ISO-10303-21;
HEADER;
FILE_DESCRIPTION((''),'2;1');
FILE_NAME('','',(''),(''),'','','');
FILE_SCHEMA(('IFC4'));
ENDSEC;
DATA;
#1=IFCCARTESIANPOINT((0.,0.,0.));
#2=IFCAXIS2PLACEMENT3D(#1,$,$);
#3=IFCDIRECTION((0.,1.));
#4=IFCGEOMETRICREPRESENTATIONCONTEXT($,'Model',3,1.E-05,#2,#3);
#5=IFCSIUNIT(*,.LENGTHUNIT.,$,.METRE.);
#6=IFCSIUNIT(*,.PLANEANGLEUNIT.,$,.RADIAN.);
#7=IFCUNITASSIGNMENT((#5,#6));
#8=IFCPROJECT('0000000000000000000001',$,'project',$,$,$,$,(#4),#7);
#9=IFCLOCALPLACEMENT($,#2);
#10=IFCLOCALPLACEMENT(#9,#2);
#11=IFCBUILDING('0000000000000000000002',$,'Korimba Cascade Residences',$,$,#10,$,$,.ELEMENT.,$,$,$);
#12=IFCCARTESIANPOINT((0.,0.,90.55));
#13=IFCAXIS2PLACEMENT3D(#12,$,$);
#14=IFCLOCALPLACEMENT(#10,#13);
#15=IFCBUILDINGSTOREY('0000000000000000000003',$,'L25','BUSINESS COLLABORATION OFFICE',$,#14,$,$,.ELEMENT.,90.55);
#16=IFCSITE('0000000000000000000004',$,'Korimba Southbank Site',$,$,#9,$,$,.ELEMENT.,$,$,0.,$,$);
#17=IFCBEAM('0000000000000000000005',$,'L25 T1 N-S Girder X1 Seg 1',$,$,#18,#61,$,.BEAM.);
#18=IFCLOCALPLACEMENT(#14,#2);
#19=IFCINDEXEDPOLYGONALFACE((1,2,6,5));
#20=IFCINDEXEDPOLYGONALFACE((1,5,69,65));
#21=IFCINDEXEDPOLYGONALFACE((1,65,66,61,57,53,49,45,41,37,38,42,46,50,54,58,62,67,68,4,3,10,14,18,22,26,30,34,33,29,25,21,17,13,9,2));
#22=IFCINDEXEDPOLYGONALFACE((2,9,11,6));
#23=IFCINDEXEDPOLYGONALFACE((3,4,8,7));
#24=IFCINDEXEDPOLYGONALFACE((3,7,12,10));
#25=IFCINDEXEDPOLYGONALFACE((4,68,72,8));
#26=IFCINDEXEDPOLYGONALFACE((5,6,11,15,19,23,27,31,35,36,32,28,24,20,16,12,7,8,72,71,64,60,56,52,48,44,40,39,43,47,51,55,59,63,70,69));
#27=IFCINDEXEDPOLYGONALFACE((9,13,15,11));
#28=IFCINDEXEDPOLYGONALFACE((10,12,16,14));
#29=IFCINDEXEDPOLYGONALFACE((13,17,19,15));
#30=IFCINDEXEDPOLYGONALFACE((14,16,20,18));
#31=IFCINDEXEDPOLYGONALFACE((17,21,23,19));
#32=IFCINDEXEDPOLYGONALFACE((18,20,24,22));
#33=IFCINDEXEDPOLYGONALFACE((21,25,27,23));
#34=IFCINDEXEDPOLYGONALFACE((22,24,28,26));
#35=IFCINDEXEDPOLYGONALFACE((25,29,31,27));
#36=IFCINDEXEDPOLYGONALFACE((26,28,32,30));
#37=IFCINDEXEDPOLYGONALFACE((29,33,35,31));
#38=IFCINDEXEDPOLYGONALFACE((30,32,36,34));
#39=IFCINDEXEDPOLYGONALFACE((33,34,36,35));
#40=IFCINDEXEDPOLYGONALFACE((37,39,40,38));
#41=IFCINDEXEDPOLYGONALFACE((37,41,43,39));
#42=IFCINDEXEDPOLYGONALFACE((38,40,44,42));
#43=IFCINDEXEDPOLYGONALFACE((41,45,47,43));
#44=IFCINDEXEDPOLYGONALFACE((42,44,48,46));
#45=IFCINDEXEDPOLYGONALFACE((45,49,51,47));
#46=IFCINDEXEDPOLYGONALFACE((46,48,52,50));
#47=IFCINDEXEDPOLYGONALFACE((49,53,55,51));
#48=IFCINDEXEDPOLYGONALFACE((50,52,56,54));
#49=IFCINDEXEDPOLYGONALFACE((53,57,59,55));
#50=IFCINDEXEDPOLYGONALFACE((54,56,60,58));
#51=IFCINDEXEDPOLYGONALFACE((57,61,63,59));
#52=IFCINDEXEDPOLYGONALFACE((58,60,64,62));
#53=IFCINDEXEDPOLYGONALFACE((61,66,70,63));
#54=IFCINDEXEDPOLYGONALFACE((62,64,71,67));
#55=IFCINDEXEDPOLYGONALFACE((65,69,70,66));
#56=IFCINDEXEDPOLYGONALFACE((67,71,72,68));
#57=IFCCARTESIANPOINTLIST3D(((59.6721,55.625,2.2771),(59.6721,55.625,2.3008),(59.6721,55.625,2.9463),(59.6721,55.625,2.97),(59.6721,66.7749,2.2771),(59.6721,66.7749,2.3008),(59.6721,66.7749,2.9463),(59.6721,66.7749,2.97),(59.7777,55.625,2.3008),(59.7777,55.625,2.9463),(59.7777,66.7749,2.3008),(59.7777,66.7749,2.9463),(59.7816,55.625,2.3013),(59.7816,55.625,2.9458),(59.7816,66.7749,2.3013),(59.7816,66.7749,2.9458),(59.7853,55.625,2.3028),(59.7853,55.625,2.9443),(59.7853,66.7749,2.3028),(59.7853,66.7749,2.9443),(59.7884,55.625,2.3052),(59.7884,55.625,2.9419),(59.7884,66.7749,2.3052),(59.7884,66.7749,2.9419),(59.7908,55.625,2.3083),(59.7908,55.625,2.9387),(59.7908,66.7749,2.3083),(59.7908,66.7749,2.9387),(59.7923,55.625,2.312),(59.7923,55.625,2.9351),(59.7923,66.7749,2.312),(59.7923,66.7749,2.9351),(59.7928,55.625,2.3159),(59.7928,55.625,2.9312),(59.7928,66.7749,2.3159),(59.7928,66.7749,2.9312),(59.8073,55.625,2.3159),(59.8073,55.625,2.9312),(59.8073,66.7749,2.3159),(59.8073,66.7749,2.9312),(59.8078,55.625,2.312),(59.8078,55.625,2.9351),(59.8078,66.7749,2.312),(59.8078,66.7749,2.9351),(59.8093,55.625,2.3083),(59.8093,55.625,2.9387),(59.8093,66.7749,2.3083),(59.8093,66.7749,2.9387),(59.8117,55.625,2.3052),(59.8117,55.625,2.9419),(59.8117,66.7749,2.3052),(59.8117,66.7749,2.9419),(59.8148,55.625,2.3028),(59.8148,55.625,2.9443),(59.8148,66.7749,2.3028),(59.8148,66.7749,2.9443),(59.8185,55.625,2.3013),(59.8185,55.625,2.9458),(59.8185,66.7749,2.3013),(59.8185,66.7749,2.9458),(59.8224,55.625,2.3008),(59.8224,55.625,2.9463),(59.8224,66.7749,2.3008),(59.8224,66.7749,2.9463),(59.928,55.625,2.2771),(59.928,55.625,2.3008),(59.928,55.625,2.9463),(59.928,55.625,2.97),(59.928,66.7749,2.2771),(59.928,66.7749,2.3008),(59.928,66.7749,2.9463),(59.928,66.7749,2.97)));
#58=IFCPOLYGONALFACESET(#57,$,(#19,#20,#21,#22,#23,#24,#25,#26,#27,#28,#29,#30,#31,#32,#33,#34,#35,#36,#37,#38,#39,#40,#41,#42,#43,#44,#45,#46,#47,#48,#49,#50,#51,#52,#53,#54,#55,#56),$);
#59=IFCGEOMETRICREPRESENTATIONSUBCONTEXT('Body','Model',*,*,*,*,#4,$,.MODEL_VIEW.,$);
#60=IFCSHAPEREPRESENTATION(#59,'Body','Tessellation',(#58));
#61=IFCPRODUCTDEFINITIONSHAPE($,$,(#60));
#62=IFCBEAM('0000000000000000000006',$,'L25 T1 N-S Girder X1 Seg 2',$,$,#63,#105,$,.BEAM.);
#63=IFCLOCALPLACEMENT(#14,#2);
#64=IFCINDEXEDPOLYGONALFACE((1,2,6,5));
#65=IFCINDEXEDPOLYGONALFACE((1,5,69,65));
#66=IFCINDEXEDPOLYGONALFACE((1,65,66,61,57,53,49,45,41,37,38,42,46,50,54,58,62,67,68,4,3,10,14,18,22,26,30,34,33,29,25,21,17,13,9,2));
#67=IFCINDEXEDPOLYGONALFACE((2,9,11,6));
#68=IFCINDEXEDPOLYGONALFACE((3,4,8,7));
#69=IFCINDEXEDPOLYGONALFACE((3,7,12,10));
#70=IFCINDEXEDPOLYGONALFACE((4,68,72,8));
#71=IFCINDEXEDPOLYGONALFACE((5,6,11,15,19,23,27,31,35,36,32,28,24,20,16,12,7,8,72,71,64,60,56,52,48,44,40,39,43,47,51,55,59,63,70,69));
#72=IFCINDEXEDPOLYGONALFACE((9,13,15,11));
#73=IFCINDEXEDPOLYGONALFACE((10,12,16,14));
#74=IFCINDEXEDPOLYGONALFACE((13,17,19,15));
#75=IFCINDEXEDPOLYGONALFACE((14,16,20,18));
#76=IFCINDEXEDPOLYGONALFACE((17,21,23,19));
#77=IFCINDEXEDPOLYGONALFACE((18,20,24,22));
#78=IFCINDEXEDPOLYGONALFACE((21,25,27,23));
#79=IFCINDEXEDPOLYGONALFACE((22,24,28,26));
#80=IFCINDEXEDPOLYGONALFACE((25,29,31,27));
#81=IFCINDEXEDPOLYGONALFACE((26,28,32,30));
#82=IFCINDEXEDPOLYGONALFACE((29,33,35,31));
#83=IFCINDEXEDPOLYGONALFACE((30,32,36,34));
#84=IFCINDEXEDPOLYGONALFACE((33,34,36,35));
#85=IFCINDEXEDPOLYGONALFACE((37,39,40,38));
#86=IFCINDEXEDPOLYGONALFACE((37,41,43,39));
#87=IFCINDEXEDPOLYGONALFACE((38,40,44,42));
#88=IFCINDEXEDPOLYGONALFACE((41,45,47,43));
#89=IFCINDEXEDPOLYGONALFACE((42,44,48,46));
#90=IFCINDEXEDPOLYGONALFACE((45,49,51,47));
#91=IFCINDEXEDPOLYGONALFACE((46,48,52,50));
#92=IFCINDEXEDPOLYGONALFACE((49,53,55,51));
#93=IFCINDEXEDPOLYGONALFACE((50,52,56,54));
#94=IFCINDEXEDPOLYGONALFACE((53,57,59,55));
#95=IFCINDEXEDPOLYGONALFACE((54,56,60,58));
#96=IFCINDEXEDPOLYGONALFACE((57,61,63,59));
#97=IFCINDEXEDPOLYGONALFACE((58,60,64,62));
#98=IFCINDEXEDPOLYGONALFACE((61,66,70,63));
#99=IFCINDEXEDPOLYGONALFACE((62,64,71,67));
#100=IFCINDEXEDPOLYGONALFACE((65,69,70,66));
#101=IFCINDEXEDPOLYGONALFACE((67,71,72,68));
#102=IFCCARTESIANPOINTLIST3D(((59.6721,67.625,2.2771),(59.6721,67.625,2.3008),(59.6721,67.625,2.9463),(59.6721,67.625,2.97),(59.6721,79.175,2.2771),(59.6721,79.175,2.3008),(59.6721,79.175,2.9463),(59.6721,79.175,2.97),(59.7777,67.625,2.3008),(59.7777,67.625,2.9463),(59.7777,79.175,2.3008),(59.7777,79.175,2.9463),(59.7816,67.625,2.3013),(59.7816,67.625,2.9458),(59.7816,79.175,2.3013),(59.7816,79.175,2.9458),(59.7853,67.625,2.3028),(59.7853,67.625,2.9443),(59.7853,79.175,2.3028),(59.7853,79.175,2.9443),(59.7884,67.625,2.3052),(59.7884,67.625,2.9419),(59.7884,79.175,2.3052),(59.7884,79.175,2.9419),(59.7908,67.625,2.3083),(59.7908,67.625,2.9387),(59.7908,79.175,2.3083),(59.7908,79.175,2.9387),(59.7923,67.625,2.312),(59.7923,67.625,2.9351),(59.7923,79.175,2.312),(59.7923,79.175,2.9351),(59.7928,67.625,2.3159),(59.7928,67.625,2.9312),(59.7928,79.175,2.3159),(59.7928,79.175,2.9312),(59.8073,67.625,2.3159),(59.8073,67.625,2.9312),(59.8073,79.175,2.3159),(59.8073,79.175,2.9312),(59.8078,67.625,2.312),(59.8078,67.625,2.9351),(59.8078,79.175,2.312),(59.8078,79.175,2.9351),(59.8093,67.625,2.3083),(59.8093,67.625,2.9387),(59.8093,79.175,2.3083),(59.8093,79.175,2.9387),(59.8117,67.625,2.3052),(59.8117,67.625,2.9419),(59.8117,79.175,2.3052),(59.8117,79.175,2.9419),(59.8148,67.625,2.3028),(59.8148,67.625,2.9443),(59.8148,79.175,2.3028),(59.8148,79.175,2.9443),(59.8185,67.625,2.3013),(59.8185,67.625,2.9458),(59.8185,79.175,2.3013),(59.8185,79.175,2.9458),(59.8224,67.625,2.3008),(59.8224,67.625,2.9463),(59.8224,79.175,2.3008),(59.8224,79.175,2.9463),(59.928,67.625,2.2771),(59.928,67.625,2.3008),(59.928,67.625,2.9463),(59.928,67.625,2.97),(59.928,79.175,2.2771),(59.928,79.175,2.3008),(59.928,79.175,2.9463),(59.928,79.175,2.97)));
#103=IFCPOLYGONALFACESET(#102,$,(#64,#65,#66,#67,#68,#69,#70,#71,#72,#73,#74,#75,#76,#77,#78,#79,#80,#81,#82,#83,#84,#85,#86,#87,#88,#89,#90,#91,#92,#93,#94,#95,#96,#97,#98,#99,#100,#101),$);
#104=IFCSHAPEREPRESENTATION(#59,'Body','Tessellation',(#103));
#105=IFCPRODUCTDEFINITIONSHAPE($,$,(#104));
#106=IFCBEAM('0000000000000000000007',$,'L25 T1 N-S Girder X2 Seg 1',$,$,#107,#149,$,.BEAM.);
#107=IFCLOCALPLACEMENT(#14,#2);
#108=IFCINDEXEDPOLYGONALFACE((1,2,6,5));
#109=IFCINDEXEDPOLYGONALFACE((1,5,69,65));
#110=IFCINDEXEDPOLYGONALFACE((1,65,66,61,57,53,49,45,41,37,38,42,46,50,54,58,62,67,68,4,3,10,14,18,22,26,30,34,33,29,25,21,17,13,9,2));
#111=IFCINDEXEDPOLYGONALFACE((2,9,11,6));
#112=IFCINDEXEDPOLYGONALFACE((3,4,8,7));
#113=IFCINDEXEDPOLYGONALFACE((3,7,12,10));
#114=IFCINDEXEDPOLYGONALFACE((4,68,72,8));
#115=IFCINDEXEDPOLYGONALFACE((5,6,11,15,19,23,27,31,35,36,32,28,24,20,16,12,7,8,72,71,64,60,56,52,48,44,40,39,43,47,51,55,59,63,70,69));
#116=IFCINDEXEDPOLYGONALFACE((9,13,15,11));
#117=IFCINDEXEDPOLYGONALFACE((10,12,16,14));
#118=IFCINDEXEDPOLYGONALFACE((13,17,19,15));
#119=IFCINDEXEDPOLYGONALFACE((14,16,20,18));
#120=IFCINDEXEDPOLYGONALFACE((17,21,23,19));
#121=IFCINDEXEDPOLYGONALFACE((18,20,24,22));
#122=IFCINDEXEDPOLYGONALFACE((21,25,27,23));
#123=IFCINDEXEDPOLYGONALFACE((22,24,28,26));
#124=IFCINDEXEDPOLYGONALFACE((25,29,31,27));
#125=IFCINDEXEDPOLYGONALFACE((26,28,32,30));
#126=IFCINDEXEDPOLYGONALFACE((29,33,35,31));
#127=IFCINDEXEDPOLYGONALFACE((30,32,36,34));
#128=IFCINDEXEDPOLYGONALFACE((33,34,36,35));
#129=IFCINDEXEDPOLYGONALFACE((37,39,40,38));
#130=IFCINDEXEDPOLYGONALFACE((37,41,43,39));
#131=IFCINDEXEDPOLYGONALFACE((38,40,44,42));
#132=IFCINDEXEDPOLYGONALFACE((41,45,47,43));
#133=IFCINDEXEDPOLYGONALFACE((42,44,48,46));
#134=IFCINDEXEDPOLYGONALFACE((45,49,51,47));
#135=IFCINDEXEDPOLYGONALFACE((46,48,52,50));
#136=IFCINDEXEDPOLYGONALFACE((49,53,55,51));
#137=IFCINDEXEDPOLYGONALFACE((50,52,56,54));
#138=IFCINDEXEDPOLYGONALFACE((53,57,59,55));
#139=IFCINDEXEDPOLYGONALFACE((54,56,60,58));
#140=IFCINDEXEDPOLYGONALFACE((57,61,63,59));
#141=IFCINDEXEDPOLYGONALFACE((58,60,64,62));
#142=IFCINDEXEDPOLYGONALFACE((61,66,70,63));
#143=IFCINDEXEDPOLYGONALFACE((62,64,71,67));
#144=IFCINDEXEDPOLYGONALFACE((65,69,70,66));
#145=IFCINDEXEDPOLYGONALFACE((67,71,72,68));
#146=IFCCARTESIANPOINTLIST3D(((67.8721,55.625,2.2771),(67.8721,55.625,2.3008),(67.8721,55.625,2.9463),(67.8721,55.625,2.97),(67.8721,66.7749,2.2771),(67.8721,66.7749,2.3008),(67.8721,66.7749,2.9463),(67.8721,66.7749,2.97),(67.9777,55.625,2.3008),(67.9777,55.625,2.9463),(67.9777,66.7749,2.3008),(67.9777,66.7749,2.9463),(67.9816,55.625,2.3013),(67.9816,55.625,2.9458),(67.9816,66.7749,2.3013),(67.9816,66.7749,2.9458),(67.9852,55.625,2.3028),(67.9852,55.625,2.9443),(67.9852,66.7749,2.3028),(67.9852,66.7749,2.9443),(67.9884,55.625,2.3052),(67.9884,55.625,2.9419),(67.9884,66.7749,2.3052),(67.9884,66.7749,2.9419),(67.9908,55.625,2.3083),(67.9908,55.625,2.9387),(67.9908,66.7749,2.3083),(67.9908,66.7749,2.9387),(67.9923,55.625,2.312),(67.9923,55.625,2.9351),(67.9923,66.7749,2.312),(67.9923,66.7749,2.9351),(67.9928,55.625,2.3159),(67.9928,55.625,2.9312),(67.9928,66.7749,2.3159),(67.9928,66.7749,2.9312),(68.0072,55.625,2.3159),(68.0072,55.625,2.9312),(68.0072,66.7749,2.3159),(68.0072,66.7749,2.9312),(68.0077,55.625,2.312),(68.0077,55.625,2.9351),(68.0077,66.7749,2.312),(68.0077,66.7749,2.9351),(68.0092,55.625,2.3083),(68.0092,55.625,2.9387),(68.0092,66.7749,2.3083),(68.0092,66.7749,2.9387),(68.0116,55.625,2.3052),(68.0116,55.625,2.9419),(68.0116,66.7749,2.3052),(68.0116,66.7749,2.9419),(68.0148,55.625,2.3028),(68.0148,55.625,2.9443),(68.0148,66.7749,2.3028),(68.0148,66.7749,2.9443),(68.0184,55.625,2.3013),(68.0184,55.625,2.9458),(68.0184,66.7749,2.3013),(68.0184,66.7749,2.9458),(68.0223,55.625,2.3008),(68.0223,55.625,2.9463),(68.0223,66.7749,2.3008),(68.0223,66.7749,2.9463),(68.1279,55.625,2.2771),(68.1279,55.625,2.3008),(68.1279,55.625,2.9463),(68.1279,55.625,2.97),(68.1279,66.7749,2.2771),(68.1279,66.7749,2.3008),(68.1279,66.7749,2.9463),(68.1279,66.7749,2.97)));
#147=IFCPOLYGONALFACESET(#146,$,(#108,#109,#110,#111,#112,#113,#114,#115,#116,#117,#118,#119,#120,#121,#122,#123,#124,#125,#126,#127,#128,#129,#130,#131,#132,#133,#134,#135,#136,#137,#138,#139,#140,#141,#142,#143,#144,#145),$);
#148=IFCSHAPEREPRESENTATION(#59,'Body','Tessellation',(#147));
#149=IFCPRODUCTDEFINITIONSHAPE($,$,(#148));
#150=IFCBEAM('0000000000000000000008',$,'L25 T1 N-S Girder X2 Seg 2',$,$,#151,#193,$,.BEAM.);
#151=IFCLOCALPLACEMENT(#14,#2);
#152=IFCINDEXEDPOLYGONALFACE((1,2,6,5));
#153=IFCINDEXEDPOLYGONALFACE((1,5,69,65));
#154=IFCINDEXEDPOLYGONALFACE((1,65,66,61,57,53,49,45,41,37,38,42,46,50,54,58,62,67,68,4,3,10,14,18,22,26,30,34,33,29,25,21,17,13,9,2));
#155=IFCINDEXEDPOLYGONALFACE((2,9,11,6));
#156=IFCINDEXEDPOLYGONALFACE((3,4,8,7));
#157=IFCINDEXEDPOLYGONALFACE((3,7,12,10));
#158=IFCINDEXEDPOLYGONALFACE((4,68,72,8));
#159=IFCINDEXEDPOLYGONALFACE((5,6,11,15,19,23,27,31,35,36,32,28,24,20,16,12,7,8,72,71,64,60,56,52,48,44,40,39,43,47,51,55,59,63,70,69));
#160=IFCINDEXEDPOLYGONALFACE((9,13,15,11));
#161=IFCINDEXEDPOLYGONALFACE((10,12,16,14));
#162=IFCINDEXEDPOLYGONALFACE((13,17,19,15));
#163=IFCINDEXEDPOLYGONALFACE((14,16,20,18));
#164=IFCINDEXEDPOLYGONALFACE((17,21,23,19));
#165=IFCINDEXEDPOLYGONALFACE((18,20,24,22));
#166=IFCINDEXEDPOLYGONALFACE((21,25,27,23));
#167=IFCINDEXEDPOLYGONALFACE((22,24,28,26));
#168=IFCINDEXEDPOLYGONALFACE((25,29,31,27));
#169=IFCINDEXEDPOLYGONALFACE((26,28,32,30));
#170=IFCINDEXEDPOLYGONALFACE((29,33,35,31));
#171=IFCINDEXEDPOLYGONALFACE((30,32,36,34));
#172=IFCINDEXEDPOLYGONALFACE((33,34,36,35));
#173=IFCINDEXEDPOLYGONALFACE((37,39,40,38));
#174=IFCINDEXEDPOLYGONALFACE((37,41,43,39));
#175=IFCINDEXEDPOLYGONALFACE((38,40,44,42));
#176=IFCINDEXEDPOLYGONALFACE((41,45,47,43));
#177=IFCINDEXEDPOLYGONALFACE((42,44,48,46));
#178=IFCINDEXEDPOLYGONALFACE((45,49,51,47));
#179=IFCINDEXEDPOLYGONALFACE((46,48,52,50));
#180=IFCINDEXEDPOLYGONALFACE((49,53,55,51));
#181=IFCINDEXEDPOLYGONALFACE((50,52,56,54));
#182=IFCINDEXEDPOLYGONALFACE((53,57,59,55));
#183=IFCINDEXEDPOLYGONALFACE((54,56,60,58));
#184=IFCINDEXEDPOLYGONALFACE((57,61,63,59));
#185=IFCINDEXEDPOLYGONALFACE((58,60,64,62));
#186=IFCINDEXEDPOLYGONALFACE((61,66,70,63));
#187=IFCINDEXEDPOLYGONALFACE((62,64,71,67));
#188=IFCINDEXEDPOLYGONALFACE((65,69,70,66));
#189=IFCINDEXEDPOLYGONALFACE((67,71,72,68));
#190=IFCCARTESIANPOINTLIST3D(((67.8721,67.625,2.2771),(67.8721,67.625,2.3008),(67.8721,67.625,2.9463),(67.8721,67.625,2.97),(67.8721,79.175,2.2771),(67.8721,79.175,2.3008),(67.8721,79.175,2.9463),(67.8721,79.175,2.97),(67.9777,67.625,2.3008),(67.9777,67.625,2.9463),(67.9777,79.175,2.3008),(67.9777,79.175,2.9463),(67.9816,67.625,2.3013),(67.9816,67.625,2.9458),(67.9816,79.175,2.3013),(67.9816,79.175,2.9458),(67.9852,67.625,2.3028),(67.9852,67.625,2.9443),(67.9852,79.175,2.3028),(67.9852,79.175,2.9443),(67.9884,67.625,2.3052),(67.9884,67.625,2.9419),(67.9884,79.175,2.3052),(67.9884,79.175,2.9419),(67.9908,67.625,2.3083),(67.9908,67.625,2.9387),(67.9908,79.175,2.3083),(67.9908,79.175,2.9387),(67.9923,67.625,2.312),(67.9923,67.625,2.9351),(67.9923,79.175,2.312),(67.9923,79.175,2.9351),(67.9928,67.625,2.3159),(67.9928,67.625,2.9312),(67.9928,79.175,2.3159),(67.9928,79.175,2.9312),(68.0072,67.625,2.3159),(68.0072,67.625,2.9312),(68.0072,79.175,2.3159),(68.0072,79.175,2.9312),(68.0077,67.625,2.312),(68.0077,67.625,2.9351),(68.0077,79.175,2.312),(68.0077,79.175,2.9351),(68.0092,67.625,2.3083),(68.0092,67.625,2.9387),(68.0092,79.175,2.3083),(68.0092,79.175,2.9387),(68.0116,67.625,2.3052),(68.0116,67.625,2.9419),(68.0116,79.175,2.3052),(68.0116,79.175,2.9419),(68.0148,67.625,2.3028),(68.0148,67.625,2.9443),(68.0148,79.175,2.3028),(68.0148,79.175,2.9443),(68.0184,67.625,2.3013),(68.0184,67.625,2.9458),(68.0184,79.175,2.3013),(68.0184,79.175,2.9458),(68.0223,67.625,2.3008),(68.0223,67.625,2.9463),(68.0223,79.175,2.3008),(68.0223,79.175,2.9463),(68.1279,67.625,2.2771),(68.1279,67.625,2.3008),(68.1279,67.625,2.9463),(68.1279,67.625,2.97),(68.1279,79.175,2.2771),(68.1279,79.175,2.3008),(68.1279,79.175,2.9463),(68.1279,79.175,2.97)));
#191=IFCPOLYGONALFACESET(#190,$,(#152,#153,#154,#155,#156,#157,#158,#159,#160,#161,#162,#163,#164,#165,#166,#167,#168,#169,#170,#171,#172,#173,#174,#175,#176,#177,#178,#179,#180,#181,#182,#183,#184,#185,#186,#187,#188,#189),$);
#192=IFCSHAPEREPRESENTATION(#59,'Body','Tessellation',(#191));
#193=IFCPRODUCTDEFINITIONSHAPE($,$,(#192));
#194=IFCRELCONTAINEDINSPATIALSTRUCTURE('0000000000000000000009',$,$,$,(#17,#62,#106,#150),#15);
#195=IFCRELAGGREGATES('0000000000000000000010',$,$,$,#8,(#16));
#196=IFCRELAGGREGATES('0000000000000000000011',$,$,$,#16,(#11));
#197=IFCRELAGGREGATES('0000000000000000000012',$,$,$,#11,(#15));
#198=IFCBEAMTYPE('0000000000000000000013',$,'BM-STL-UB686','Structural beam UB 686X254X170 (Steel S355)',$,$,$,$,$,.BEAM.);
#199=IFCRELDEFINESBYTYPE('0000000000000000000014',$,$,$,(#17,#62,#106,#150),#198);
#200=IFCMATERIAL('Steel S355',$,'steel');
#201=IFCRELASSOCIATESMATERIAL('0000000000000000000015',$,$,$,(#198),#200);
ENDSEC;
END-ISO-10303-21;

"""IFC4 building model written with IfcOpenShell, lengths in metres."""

from ifc_helpers import new_model, si_unit, direction, frame, origin, origin_2d, place, context, subcontext, project, spatial, i_section, extrude, material, material_profile, profile_set, type_object, element, save


model = new_model("IFC4")

# Units and contexts
model_context = context("Model", 3, precision=1e-05, world=origin(), true_north=direction((0.0, 1.0)))
body_context = subcontext(model_context, "Body", "Model", "MODEL_VIEW")
ifc_project = project(units=[si_unit("LENGTHUNIT", "METRE"), si_unit("PLANEANGLEUNIT", "RADIAN")], contexts=[model_context])

# Site, building, storey
site_placement = place(None, origin())
site = spatial("IfcSite", under=ifc_project, at=site_placement, Name="Korimba Southbank Site", CompositionType="ELEMENT", RefElevation=0.0)
building_placement = place(site_placement, origin())
building = spatial("IfcBuilding", under=site, at=building_placement, Name="Korimba Cascade Residences", CompositionType="ELEMENT")
storey_placement = place(building_placement, frame((0.0, 0.0, 90.55)))
storey = spatial("IfcBuildingStorey", under=building, at=storey_placement, Name="L25", Description="BUSINESS COLLABORATION OFFICE", CompositionType="ELEMENT", Elevation=90.55)

# Beams
ifc_material_1 = material(Name="Steel S355", Category="steel")
ifc_material_profile_1 = material_profile(ifc_material_1, i_section(OverallWidth=0.2559, OverallDepth=0.6929, WebThickness=0.0144, FlangeThickness=0.0237, FilletRadius=0.0151, at=origin_2d()), Name="Steel S355")
ifc_profile_set_1 = profile_set([ifc_material_profile_1], Name="Steel S355")
beam_type_1 = type_object("IfcBeamType", Name="BM-STL-UB686", Description="Structural beam UB 686X254X170 (Steel S355)", PredefinedType="BEAM", material=ifc_profile_set_1)
beam_1_placement = place(storey_placement, frame((59.8, 55.625, 2.6235), z_axis=(0.0, 1.0, 0.0), x_axis=(-1.0, 0.0, 0.0)))
element("IfcBeam", 1, at=beam_1_placement, inside=storey, type_object=beam_type_1, Name="L25 T1 N-S Girder X1 Seg 1", PredefinedType="BEAM", context=body_context, shape_type="SweptSolid", body=[
    extrude(i_section(OverallWidth=0.2559, OverallDepth=0.6929, WebThickness=0.0144, FlangeThickness=0.0237, FilletRadius=0.0151, at=origin_2d()), origin(), (0.0, 0.0, 1.0), 11.1499),
])
beam_2_placement = place(storey_placement, frame((59.8, 67.625, 2.6235), z_axis=(0.0, 1.0, 0.0), x_axis=(-1.0, 0.0, 0.0)))
element("IfcBeam", 2, at=beam_2_placement, inside=storey, type_object=beam_type_1, Name="L25 T1 N-S Girder X1 Seg 2", PredefinedType="BEAM", context=body_context, shape_type="SweptSolid", body=[
    extrude(i_section(OverallWidth=0.2559, OverallDepth=0.6929, WebThickness=0.0144, FlangeThickness=0.0237, FilletRadius=0.0151, at=origin_2d()), origin(), (0.0, 0.0, 1.0), 11.55),
])
beam_3_placement = place(storey_placement, frame((68.0, 55.625, 2.6235), z_axis=(0.0, 1.0, 0.0), x_axis=(-1.0, 0.0, 0.0)))
element("IfcBeam", 3, at=beam_3_placement, inside=storey, type_object=beam_type_1, Name="L25 T1 N-S Girder X2 Seg 1", PredefinedType="BEAM", context=body_context, shape_type="SweptSolid", body=[
    extrude(i_section(OverallWidth=0.2559, OverallDepth=0.6929, WebThickness=0.0144, FlangeThickness=0.0237, FilletRadius=0.0151, at=origin_2d()), origin(), (0.0, 0.0, 1.0), 11.1499),
])
beam_4_placement = place(storey_placement, frame((68.0, 67.625, 2.6235), z_axis=(0.0, 1.0, 0.0), x_axis=(-1.0, 0.0, 0.0)))
element("IfcBeam", 4, at=beam_4_placement, inside=storey, type_object=beam_type_1, Name="L25 T1 N-S Girder X2 Seg 2", PredefinedType="BEAM", context=body_context, shape_type="SweptSolid", body=[
    extrude(i_section(OverallWidth=0.2559, OverallDepth=0.6929, WebThickness=0.0144, FlangeThickness=0.0237, FilletRadius=0.0151, at=origin_2d()), origin(), (0.0, 0.0, 1.0), 11.55),
])

save(model, "model.ifc")
